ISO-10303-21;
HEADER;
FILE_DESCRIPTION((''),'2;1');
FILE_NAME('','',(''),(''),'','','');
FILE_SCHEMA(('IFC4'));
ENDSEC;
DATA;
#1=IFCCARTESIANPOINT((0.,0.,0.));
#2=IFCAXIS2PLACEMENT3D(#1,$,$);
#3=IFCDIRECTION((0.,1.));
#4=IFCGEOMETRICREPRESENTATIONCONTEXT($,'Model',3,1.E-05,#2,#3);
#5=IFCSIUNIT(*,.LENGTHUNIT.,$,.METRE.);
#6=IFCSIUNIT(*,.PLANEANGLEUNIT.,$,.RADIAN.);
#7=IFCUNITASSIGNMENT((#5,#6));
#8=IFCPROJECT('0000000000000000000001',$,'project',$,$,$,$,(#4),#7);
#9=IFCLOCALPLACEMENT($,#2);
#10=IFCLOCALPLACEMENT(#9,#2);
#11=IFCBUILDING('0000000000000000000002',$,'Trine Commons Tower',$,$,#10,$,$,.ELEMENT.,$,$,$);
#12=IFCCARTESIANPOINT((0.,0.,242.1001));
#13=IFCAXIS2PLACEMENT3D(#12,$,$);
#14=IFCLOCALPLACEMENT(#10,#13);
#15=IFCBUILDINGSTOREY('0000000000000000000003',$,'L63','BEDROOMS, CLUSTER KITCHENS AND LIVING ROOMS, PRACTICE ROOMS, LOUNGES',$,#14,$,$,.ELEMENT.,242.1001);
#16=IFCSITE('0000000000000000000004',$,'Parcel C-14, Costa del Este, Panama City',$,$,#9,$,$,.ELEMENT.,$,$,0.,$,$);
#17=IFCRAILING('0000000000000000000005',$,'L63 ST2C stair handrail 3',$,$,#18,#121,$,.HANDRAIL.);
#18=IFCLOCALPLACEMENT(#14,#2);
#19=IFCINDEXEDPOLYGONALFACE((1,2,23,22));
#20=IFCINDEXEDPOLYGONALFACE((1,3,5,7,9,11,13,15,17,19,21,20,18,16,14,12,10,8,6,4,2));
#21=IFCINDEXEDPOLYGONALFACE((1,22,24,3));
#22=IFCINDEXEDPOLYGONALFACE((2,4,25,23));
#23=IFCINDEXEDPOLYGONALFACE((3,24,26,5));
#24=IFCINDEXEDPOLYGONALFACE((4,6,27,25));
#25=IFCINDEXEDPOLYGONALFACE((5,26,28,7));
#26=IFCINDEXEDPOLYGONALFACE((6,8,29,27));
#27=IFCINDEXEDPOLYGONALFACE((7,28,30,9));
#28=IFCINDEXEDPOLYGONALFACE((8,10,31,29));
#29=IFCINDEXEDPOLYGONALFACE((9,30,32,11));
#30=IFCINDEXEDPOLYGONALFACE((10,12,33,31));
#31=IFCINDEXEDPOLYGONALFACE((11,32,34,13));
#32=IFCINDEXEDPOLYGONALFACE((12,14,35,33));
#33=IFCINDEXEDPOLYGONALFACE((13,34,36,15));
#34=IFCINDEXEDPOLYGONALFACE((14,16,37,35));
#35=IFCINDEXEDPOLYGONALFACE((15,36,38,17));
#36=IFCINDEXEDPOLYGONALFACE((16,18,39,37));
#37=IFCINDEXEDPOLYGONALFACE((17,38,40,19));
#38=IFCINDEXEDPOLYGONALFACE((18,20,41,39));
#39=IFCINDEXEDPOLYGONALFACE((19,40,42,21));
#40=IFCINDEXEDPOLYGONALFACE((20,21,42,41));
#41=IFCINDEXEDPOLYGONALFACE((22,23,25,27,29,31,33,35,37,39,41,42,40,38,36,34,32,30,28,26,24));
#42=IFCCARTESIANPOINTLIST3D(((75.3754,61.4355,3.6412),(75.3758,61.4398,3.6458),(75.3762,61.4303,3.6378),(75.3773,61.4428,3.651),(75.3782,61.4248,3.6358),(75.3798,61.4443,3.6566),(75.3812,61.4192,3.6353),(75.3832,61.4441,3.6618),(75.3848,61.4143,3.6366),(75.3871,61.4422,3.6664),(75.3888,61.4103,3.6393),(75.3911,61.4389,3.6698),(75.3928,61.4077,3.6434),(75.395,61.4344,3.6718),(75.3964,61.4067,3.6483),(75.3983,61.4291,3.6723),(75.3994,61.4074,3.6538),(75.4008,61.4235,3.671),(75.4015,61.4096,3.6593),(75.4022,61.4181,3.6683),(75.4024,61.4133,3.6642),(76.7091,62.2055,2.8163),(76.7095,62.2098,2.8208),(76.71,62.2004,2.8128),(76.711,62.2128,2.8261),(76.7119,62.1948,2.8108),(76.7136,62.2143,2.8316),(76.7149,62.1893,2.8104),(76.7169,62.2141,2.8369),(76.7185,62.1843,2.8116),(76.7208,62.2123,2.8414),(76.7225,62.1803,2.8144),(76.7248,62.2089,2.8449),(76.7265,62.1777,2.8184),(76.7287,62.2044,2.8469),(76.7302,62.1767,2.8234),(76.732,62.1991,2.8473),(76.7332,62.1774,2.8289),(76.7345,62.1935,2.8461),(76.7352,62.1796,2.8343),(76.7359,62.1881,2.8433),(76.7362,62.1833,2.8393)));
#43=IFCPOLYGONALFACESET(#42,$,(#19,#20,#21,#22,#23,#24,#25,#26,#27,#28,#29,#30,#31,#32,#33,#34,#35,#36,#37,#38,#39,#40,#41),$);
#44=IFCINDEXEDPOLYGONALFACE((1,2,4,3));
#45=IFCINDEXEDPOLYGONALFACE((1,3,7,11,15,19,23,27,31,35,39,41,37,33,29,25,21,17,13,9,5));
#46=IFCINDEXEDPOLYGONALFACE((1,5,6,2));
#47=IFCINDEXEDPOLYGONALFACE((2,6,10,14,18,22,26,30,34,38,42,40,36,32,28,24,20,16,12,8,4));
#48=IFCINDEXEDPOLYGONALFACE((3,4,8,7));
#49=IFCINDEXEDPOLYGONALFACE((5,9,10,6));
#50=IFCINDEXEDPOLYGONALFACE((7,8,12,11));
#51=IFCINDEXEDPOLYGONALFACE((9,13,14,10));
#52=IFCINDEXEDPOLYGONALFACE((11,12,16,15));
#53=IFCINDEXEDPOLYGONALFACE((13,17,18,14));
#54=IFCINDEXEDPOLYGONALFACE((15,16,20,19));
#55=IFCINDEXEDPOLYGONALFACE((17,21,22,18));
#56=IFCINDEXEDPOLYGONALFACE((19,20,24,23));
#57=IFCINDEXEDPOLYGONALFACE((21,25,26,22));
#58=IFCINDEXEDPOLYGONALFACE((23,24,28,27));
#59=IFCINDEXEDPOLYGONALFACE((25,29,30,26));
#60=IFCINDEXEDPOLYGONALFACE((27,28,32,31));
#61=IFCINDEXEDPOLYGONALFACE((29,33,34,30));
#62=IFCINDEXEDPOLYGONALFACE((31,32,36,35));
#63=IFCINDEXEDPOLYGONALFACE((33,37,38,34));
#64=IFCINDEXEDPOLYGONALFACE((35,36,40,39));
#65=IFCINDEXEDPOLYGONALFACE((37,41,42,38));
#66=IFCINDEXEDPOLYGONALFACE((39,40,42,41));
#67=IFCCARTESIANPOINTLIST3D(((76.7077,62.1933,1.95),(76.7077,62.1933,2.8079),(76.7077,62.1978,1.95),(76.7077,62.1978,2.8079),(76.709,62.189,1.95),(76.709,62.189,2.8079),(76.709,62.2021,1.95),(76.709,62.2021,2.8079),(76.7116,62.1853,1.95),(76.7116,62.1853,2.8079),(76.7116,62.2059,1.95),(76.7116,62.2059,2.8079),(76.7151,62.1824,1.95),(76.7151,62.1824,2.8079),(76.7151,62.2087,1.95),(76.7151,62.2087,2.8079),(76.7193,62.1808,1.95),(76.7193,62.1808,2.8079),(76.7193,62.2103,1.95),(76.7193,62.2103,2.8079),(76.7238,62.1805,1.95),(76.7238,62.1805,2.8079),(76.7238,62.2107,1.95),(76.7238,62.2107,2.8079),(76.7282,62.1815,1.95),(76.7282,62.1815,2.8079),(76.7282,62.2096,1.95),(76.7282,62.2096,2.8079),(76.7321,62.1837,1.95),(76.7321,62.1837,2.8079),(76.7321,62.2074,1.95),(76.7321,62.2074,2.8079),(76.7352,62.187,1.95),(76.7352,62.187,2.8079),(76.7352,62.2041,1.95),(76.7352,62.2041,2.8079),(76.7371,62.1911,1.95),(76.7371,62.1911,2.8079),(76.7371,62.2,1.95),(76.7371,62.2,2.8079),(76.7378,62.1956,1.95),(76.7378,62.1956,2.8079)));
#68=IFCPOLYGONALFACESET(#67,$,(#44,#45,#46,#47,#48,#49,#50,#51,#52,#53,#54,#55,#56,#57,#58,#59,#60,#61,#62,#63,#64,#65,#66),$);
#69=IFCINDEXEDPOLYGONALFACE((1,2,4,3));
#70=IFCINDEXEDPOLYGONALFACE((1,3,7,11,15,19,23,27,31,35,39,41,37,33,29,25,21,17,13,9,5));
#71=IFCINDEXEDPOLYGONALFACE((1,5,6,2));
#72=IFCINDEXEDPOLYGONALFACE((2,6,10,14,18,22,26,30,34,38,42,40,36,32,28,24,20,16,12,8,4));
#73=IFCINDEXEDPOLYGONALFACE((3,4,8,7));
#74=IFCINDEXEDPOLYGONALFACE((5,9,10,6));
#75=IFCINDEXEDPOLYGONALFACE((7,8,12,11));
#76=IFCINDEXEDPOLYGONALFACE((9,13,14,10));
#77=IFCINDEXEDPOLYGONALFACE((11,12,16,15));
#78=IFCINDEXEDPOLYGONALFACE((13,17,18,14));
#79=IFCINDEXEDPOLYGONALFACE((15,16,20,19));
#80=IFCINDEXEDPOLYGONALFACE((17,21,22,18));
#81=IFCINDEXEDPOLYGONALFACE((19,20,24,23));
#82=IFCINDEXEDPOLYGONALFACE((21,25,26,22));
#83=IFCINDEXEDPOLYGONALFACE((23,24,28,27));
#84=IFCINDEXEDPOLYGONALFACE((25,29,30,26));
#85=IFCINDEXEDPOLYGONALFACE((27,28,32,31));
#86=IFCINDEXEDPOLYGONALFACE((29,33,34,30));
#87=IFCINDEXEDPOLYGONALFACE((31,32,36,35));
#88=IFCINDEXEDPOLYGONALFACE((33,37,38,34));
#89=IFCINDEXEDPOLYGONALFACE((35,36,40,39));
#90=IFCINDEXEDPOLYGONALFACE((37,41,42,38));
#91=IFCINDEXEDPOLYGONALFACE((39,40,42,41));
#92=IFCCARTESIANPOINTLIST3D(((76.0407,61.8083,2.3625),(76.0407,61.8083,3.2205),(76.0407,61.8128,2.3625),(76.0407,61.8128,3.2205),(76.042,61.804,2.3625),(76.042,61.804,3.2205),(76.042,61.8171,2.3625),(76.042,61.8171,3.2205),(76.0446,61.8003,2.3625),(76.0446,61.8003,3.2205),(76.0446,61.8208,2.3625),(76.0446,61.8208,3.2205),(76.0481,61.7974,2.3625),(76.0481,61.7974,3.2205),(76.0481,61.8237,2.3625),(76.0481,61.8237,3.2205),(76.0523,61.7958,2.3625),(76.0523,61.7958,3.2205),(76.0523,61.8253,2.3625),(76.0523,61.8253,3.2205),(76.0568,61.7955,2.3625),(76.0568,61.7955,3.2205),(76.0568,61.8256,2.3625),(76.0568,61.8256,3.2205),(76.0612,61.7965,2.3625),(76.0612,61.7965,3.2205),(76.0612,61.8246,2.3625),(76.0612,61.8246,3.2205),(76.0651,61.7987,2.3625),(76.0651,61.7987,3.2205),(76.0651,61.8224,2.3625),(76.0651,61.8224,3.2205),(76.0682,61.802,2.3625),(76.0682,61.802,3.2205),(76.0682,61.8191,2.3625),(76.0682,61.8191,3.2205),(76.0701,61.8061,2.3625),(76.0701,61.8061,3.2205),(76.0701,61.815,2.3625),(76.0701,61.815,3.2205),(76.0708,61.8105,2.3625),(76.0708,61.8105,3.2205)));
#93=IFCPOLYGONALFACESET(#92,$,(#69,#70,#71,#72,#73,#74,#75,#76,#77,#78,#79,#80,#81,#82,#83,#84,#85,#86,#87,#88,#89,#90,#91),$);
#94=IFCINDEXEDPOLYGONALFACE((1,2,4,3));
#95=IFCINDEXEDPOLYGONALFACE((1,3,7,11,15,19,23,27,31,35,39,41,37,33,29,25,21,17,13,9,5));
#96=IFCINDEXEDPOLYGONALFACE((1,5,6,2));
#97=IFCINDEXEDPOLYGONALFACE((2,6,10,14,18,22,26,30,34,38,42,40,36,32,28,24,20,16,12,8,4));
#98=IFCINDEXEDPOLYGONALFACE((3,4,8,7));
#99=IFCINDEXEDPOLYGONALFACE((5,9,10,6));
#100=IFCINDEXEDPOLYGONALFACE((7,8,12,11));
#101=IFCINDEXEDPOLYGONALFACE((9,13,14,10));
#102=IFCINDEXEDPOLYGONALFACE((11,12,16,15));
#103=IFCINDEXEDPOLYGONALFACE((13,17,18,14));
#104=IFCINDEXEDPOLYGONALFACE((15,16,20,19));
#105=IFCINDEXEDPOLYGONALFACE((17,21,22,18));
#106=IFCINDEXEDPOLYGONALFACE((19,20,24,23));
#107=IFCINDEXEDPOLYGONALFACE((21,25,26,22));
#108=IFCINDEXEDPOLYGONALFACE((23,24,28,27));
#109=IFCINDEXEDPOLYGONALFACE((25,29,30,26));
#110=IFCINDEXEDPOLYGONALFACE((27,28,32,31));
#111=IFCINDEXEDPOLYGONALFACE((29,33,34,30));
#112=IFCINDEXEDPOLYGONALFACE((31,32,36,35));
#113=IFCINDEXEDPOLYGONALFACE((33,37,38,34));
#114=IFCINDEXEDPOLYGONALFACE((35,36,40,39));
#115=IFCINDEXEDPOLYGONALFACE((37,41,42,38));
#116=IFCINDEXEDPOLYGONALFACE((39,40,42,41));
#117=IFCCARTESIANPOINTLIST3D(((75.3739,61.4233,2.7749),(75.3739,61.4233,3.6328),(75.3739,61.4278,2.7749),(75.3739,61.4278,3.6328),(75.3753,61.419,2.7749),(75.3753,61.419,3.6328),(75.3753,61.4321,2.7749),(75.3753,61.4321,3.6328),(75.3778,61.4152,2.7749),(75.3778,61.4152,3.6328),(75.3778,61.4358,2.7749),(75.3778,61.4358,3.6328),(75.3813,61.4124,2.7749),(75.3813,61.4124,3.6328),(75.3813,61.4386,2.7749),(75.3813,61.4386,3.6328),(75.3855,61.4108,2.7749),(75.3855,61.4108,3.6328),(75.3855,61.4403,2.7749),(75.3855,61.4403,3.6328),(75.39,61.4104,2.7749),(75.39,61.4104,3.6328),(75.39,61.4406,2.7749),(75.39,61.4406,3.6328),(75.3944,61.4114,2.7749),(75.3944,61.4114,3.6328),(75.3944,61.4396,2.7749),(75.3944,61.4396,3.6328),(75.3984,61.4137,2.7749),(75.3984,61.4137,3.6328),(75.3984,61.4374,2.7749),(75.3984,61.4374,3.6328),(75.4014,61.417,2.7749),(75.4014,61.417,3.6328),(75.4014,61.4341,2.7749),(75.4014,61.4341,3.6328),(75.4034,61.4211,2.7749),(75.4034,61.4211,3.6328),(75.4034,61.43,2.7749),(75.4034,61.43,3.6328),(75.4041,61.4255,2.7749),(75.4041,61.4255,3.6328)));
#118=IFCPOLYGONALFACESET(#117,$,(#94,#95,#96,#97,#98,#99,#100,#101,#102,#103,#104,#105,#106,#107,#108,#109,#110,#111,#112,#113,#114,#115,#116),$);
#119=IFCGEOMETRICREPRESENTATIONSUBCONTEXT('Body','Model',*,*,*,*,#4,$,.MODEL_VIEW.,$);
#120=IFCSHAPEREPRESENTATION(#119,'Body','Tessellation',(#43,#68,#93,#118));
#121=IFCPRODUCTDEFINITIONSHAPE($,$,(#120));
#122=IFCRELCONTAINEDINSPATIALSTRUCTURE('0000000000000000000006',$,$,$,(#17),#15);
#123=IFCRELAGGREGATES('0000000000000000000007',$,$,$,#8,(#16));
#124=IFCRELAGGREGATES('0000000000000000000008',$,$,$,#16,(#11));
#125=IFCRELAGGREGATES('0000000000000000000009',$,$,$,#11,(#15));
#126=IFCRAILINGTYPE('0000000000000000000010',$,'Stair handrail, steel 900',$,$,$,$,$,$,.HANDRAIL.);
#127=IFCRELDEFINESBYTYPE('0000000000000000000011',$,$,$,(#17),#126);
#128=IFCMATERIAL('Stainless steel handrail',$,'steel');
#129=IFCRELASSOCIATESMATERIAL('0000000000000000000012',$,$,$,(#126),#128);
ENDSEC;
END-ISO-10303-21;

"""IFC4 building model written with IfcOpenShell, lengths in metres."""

from ifc_helpers import new_model, si_unit, direction, frame, origin, origin_2d, place, context, subcontext, project, spatial, circle, extrude, material, type_object, element, save


model = new_model("IFC4")

# Units and contexts
model_context = context("Model", 3, precision=1e-05, world=origin(), true_north=direction((0.0, 1.0)))
body_context = subcontext(model_context, "Body", "Model", "MODEL_VIEW")
ifc_project = project(units=[si_unit("LENGTHUNIT", "METRE"), si_unit("PLANEANGLEUNIT", "RADIAN")], contexts=[model_context])

# Site, building, storey
site_placement = place(None, origin())
site = spatial("IfcSite", under=ifc_project, at=site_placement, Name="Parcel C-14, Costa del Este, Panama City", CompositionType="ELEMENT", RefElevation=0.0)
building_placement = place(site_placement, origin())
building = spatial("IfcBuilding", under=site, at=building_placement, Name="Trine Commons Tower", CompositionType="ELEMENT")
storey_placement = place(building_placement, frame((0.0, 0.0, 242.1001)))
storey = spatial("IfcBuildingStorey", under=building, at=storey_placement, Name="L63", Description="BEDROOMS, CLUSTER KITCHENS AND LIVING ROOMS, PRACTICE ROOMS, LOUNGES", CompositionType="ELEMENT", Elevation=242.1001)

# Railing
ifc_material_1 = material(Name="Stainless steel handrail", Category="steel")
railing_type_1 = type_object("IfcRailingType", Name="Stair handrail, steel 900", PredefinedType="HANDRAIL", material=ifc_material_1)
for number, where, name in (
    (1, (76.7227, 62.1956, 1.95), "L63 ST2C stair handrail 3"),
):
    element("IfcRailing", number, at=place(storey_placement, frame(where)), inside=storey, type_object=railing_type_1, Name=name, PredefinedType="HANDRAIL", context=body_context, shape_type="SweptSolid", body=[
        extrude(circle(Radius=0.021, at=origin_2d()), frame((0.0, 0.0, 0.8789), z_axis=(-0.763405, -0.440743, 0.472185), x_axis=(0.499992, -0.86603, 0.0)), (0.0, 0.0, 1.0), 1.7471),
        extrude(circle(Radius=0.0151, at=origin_2d()), origin(), (0.0, 0.0, 1.0), 0.8579),
        extrude(circle(Radius=0.0151, at=origin_2d()), frame((-0.667, -0.385, 0.4126)), (0.0, 0.0, 1.0), 0.8579),
        extrude(circle(Radius=0.0151, at=origin_2d()), frame((-1.3337, -0.77, 0.825)), (0.0, 0.0, 1.0), 0.8579),
    ])

save(model, "model.ifc")
